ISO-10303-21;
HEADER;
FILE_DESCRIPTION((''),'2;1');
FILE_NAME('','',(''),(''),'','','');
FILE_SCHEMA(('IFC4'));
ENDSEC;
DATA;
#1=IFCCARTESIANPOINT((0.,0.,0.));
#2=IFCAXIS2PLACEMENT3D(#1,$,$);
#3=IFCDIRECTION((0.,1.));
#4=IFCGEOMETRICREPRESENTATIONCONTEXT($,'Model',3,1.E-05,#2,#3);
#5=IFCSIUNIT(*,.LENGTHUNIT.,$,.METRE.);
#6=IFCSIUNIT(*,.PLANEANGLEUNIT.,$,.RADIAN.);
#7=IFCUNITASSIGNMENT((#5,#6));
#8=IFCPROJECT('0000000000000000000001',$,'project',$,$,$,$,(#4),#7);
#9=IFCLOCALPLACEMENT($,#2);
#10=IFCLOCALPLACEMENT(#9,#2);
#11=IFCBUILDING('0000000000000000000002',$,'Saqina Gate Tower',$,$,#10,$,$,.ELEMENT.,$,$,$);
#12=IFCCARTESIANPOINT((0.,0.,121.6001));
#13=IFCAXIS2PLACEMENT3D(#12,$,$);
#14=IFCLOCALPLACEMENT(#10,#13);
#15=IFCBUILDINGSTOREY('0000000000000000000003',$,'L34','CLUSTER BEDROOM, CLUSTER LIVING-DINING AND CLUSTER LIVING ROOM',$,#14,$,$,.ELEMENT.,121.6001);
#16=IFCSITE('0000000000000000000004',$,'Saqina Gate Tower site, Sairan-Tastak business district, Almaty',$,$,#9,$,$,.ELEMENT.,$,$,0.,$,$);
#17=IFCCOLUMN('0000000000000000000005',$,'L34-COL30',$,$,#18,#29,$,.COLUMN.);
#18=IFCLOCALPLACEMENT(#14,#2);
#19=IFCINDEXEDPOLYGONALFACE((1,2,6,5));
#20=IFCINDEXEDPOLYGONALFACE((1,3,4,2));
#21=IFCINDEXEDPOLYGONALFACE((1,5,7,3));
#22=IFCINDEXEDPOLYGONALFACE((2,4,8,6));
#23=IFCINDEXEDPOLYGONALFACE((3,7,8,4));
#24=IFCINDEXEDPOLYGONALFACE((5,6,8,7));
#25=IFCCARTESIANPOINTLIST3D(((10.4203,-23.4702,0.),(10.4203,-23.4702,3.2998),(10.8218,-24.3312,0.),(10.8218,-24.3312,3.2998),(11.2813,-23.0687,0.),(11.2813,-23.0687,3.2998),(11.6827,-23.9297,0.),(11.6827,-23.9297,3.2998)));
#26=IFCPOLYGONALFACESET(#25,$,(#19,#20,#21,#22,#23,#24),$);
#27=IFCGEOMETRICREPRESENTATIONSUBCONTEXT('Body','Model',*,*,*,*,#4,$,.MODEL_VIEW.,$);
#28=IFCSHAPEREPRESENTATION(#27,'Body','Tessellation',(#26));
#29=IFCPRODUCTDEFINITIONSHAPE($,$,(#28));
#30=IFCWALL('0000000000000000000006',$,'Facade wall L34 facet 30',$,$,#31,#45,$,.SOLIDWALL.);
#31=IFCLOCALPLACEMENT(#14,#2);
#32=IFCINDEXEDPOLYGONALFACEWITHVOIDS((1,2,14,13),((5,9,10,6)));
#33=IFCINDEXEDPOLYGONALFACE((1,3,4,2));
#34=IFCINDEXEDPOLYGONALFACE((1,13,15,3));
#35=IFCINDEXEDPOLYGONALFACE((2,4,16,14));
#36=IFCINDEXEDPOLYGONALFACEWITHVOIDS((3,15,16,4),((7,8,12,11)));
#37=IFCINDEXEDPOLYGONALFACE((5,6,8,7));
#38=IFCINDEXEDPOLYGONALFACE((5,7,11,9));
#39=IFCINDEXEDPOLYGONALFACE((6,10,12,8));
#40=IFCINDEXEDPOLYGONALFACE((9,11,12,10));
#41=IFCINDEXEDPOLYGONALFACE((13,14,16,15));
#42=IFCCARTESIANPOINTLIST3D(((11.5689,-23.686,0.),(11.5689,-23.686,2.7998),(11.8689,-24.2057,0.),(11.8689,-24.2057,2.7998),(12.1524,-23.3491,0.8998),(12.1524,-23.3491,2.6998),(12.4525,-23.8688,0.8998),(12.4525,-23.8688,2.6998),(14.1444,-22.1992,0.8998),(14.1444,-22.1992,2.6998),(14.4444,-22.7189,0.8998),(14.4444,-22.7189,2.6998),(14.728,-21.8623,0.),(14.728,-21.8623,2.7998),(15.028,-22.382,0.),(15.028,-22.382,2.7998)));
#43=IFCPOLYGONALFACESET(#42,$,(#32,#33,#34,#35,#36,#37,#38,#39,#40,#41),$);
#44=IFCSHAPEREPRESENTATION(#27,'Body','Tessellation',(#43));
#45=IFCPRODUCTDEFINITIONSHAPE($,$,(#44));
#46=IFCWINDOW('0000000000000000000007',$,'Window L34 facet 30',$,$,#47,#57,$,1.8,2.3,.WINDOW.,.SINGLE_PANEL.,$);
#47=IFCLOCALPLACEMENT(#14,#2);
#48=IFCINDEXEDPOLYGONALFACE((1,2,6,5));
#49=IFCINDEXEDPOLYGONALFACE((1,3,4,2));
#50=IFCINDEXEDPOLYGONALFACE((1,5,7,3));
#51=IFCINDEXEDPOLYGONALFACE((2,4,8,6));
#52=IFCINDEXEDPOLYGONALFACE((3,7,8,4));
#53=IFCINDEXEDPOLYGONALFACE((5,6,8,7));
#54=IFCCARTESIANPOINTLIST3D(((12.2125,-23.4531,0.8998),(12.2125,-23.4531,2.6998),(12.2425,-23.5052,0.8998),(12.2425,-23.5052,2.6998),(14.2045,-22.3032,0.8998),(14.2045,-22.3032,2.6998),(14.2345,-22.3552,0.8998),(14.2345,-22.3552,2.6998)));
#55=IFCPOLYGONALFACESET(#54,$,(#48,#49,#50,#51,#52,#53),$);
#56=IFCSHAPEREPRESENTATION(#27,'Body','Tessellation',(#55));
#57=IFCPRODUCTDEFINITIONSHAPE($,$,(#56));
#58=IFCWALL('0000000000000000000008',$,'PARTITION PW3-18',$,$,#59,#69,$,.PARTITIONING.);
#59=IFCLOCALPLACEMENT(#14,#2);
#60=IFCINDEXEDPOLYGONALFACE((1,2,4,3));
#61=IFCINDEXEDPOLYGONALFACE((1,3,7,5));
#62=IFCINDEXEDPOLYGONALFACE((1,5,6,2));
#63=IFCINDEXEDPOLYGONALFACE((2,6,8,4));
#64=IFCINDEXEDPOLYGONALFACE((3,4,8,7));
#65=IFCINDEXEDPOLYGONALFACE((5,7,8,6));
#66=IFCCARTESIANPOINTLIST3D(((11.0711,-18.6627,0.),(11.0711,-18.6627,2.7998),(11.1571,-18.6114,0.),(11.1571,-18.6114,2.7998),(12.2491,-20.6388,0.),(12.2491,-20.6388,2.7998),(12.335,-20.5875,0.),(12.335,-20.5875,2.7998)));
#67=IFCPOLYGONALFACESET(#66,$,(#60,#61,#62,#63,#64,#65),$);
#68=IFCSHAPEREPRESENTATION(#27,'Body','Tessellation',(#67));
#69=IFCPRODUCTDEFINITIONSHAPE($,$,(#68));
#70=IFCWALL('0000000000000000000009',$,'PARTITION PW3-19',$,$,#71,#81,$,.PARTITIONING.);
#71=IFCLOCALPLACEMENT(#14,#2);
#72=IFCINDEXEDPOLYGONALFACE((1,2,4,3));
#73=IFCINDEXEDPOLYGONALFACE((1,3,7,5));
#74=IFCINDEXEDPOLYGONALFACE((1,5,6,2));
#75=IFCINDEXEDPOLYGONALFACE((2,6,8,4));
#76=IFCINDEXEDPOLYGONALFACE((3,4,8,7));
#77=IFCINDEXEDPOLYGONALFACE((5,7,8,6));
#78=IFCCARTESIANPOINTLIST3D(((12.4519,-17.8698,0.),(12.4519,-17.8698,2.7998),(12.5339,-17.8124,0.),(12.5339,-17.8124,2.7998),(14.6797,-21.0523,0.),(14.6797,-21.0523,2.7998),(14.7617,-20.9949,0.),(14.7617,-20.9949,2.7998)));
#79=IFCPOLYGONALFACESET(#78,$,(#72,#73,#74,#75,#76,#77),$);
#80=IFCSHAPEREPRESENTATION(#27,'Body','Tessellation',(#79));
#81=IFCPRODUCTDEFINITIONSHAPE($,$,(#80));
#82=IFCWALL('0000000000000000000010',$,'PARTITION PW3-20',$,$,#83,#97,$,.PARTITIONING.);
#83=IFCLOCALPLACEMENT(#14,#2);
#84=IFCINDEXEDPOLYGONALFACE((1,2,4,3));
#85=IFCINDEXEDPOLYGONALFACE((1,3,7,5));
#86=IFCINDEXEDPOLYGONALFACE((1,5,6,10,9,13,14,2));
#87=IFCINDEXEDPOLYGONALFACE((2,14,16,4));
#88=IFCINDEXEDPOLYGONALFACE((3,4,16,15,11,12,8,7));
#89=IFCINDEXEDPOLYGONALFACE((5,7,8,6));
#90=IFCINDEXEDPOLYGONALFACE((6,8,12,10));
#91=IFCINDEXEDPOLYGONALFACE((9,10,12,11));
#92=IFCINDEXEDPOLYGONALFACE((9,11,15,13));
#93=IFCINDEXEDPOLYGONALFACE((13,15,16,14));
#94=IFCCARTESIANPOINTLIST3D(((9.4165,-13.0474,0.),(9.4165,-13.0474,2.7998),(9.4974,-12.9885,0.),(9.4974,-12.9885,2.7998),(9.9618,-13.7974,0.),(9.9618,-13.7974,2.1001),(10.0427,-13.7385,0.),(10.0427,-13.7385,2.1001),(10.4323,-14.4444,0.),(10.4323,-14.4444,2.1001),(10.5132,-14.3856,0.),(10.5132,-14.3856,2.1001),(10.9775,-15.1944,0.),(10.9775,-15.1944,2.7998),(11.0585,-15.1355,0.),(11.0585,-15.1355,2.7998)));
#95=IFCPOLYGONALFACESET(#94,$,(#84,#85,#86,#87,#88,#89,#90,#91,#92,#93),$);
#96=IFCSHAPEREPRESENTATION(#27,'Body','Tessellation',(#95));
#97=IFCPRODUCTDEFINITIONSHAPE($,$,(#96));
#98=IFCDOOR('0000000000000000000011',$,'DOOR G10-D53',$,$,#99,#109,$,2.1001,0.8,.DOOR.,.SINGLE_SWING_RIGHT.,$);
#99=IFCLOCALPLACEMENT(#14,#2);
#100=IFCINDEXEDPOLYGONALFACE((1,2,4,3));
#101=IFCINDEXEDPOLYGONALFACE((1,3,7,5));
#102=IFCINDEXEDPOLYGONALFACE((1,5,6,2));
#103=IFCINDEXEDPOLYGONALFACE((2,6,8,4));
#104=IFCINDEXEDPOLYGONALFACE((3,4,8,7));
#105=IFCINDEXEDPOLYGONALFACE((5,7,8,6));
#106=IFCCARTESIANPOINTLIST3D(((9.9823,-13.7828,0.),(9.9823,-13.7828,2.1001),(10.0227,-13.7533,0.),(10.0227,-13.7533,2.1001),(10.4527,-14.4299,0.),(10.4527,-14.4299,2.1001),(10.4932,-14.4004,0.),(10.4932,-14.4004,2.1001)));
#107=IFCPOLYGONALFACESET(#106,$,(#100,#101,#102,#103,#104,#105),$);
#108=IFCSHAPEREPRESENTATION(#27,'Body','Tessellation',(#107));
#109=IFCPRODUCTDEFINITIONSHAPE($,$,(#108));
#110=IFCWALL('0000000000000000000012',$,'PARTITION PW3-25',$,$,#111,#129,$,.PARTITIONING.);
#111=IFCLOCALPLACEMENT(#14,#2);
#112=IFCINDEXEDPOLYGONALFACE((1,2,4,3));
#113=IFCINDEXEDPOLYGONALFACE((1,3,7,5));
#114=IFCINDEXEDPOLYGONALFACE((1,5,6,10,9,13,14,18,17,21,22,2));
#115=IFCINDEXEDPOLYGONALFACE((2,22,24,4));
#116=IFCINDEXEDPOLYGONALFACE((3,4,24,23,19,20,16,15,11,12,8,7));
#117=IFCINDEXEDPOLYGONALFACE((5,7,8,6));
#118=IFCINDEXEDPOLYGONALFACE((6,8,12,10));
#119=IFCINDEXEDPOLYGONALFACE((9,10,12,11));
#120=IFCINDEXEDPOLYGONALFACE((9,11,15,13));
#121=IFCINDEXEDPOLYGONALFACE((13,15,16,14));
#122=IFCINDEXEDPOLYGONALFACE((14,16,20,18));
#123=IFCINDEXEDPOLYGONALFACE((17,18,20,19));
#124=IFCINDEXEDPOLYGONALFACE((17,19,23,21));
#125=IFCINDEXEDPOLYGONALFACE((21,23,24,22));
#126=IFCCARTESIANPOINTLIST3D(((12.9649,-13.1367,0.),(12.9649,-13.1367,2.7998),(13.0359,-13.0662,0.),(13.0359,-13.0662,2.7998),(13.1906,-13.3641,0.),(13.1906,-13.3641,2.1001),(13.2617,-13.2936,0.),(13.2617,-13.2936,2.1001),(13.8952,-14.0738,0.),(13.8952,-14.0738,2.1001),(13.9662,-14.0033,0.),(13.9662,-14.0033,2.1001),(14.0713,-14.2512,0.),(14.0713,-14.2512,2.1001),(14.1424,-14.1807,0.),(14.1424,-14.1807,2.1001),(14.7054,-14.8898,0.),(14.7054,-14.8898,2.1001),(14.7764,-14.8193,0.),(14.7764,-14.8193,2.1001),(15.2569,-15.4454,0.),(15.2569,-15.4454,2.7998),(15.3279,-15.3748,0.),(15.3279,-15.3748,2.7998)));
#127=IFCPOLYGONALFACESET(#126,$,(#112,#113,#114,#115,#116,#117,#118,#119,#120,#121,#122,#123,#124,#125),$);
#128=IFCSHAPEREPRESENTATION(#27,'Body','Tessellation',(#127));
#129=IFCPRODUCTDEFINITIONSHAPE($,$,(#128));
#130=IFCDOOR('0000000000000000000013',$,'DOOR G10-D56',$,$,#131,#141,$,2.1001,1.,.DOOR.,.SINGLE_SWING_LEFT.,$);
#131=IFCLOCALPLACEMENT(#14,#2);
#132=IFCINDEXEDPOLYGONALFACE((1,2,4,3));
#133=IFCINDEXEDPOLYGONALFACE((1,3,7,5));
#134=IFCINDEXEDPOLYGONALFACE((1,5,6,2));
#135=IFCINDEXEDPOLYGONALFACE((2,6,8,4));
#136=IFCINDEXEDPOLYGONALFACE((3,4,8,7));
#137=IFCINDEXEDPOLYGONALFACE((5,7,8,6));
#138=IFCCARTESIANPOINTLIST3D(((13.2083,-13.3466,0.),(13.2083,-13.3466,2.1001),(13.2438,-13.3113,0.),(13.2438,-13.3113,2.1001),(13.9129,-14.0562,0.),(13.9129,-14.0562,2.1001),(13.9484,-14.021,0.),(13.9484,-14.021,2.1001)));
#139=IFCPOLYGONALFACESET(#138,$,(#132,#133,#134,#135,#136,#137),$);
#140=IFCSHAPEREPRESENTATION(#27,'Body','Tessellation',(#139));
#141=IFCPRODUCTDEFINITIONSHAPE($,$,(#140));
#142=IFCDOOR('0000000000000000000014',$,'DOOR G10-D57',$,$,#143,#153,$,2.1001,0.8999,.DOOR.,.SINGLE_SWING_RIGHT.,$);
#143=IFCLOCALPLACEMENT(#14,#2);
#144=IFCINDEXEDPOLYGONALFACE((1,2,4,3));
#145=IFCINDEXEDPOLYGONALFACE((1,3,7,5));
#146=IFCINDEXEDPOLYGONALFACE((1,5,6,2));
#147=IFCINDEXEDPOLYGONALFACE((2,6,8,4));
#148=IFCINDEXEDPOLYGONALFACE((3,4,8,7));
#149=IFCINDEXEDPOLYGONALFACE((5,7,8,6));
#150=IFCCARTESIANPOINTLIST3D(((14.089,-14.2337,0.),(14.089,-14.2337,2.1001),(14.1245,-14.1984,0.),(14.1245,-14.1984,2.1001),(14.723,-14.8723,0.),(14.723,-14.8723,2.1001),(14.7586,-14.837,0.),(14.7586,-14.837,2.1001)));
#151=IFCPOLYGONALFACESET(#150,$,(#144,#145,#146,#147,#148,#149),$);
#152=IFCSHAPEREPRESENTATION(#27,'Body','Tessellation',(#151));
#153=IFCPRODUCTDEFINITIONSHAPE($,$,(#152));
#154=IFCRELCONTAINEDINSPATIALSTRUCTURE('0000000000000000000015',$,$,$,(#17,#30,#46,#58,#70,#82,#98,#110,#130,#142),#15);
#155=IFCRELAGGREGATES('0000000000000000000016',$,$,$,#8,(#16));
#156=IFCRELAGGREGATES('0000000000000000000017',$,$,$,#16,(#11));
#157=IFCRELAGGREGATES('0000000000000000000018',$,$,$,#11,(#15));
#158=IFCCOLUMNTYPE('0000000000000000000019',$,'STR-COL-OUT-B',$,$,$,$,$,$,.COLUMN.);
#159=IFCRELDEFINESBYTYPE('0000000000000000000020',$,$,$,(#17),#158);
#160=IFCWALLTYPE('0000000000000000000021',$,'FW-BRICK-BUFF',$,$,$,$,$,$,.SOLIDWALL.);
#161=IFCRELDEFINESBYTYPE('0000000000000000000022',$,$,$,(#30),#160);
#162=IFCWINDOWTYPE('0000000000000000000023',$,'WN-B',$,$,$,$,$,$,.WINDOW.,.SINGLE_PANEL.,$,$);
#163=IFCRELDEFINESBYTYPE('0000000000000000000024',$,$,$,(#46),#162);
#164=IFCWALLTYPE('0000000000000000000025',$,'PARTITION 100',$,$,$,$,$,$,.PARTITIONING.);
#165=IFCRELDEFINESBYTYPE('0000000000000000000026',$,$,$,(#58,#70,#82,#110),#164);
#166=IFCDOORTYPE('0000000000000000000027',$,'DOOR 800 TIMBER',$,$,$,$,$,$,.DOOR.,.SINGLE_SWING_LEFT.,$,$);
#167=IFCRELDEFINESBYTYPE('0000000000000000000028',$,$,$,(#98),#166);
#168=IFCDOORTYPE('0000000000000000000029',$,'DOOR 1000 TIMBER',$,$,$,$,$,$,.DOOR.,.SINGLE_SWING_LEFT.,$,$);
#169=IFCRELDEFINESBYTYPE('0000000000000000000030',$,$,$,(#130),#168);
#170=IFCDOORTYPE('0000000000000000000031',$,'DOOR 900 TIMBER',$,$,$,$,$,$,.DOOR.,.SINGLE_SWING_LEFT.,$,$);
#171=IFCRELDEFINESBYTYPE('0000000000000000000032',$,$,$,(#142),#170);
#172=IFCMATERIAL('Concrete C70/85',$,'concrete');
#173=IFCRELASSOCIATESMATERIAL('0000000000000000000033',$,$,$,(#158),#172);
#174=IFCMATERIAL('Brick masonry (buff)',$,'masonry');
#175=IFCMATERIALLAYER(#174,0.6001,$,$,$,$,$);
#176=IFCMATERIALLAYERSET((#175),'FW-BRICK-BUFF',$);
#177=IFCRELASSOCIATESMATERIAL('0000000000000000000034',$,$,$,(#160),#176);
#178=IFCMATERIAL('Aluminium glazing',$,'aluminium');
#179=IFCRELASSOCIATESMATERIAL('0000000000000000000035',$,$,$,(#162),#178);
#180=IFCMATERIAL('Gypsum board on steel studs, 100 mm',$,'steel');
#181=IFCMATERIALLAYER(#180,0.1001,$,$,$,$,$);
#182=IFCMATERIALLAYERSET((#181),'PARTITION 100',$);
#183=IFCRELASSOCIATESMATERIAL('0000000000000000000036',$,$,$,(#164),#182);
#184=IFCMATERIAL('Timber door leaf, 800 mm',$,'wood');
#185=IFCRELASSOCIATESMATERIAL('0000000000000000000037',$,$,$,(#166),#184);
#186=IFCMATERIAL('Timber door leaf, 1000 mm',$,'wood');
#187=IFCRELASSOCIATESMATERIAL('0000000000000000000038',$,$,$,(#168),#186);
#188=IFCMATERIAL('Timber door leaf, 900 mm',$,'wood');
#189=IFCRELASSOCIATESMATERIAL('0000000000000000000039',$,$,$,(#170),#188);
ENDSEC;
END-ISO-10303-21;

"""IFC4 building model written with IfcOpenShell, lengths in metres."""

from ifc_helpers import new_model, si_unit, direction, frame, frame_2d, origin, origin_2d, place, context, subcontext, project, spatial, rectangle, extrude, material, layer, layer_set, material_profile, profile_set, type_object, element, fill, save


model = new_model("IFC4")

# Units and contexts
model_context = context("Model", 3, precision=1e-05, world=origin(), true_north=direction((0.0, 1.0)))
body_context = subcontext(model_context, "Body", "Model", "MODEL_VIEW")
ifc_project = project(units=[si_unit("LENGTHUNIT", "METRE"), si_unit("PLANEANGLEUNIT", "RADIAN")], contexts=[model_context])

# Site, building, storey
site_placement = place(None, origin())
site = spatial("IfcSite", under=ifc_project, at=site_placement, Name="Saqina Gate Tower site, Sairan-Tastak business district, Almaty", CompositionType="ELEMENT", RefElevation=0.0)
building_placement = place(site_placement, origin())
building = spatial("IfcBuilding", under=site, at=building_placement, Name="Saqina Gate Tower", CompositionType="ELEMENT")
storey_placement = place(building_placement, frame((0.0, 0.0, 121.6001)))
storey = spatial("IfcBuildingStorey", under=building, at=storey_placement, Name="L34", Description="CLUSTER BEDROOM, CLUSTER LIVING-DINING AND CLUSTER LIVING ROOM", CompositionType="ELEMENT", Elevation=121.6001)

# Column
ifc_material_1 = material(Name="Concrete C70/85", Category="concrete")
ifc_material_profile = material_profile(ifc_material_1, rectangle(XDim=0.95, YDim=0.95, at=origin_2d()), Name="RC 950x950")
ifc_profile_set = profile_set([ifc_material_profile], Name="Concrete C70/85")
column_type = type_object("IfcColumnType", Name="STR-COL-OUT-B", PredefinedType="COLUMN", material=ifc_profile_set)
column_placement = place(storey_placement, frame((11.0515, -23.7, 0.0), z_axis=(0.0, 0.0, 1.0), x_axis=(0.422618, -0.906308, 0.0)))
element("IfcColumn", 1, at=column_placement, inside=storey, type_object=column_type, Name="L34-COL30", PredefinedType="COLUMN", context=body_context, shape_type="SweptSolid", body=[
    extrude(rectangle(XDim=0.95, YDim=0.95, at=origin_2d()), origin(), (0.0, 0.0, 1.0), 3.2998),
])

# Wall, opening, window
ifc_material_2 = material(Name="Brick masonry (buff)", Category="masonry")
ifc_layer_1 = layer(ifc_material_2, 0.6001)
ifc_layer_set_1 = layer_set([ifc_layer_1], Name="FW-BRICK-BUFF")
wall_type_1 = type_object("IfcWallType", Name="FW-BRICK-BUFF", PredefinedType="SOLIDWALL", material=ifc_layer_set_1)
wall_1_placement = place(storey_placement, frame((11.719, -23.9458, 0.0), z_axis=(0.0, 0.0, 1.0), x_axis=(0.866052, 0.499954, 0.0)))
wall_1 = element("IfcWall", 2, at=wall_1_placement, inside=storey, type_object=wall_type_1, Name="Facade wall L34 facet 30", PredefinedType="SOLIDWALL", context=body_context, shape_type="SweptSolid", body=[
    extrude(rectangle(XDim=3.6477, YDim=0.6001, at=frame_2d((1.8237, 0.0))), origin(), (0.0, 0.0, 1.0), 2.7998),
])
opening_1_placement = place(wall_1_placement, frame((0.6738, 0.0, 0.8999)))
opening_1 = element("IfcOpeningElement", 3, at=opening_1_placement, cuts=wall_1, PredefinedType="OPENING", context=body_context, shape_type="SweptSolid", body=[
    extrude(rectangle(XDim=2.3, YDim=1.8, at=frame_2d((1.1499, 0.8999))), frame((0.0, 0.312, 0.0), z_axis=(0.0, -1.0, 0.0), x_axis=(1.0, 0.0, 0.0)), (0.0, 0.0, 1.0), 0.624),
])
ifc_material_3 = material(Name="Aluminium glazing", Category="aluminium")
window_type = type_object("IfcWindowType", Name="WN-B", PartitioningType="SINGLE_PANEL", PredefinedType="WINDOW", material=ifc_material_3)
window_placement = place(opening_1_placement, origin())
window = element("IfcWindow", 4, at=window_placement, inside=storey, type_object=window_type, Name="Window L34 facet 30", OverallHeight=1.8, OverallWidth=2.3, PartitioningType="SINGLE_PANEL", PredefinedType="WINDOW", context=body_context, shape_type="SweptSolid", body=[
    extrude(rectangle(XDim=2.3, YDim=1.8, at=frame_2d((1.1499, 0.8999))), frame((0.0, 0.1799, 0.0), z_axis=(0.0, -1.0, 0.0), x_axis=(1.0, 0.0, 0.0)), (0.0, 0.0, 1.0), 0.0601),
])
fill(opening_1, window)

# Walls
ifc_material_4 = material(Name="Gypsum board on steel studs, 100 mm", Category="steel")
ifc_layer_2 = layer(ifc_material_4, 0.1001)
ifc_layer_set_2 = layer_set([ifc_layer_2], Name="PARTITION 100")
wall_type_2 = type_object("IfcWallType", Name="PARTITION 100", PredefinedType="PARTITIONING", material=ifc_layer_set_2)
wall_2_placement = place(storey_placement, frame((11.114, -18.637, 0.0), z_axis=(0.0, 0.0, 1.0), x_axis=(0.512043, -0.85896, 0.0)))
element("IfcWall", 5, at=wall_2_placement, inside=storey, type_object=wall_type_2, Name="PARTITION PW3-18", PredefinedType="PARTITIONING", context=body_context, shape_type="SweptSolid", body=[
    extrude(rectangle(XDim=2.3005, YDim=0.1001, at=frame_2d((1.1504, 0.0))), origin(), (0.0, 0.0, 1.0), 2.7998),
])
wall_3_placement = place(storey_placement, frame((12.4929, -17.8411, 0.0), z_axis=(0.0, 0.0, 1.0), x_axis=(0.573454, -0.819238, 0.0)))
element("IfcWall", 6, at=wall_3_placement, inside=storey, type_object=wall_type_2, Name="PARTITION PW3-19", PredefinedType="PARTITIONING", context=body_context, shape_type="SweptSolid", body=[
    extrude(rectangle(XDim=3.8848, YDim=0.1001, at=frame_2d((1.9424, 0.0))), origin(), (0.0, 0.0, 1.0), 2.7998),
])

# Wall, opening, door
wall_4_placement = place(storey_placement, frame((9.457, -13.0181, 0.0), z_axis=(0.0, 0.0, 1.0), x_axis=(0.588073, -0.808808, 0.0)))
wall_4 = element("IfcWall", 7, at=wall_4_placement, inside=storey, type_object=wall_type_2, Name="PARTITION PW3-20", PredefinedType="PARTITIONING", context=body_context, shape_type="SweptSolid", body=[
    extrude(rectangle(XDim=2.6545, YDim=0.1001, at=frame_2d((1.3271, 0.0))), origin(), (0.0, 0.0, 1.0), 2.7998),
])
opening_2_placement = place(wall_4_placement, frame((0.9272, 0.0, 0.0)))
opening_2 = element("IfcOpeningElement", 8, at=opening_2_placement, cuts=wall_4, PredefinedType="OPENING", context=body_context, shape_type="SweptSolid", body=[
    extrude(rectangle(XDim=0.8, YDim=2.1001, at=frame_2d((0.3999, 1.05))), frame((0.0, 0.062, 0.0), z_axis=(0.0, -1.0, 0.0), x_axis=(1.0, 0.0, 0.0)), (0.0, 0.0, 1.0), 0.124),
])
ifc_material_5 = material(Name="Timber door leaf, 800 mm", Category="wood")
door_type_1 = type_object("IfcDoorType", Name="DOOR 800 TIMBER", OperationType="SINGLE_SWING_LEFT", PredefinedType="DOOR", material=ifc_material_5)
door_1_placement = place(opening_2_placement, frame((0.8, 0.0, 0.0), z_axis=(0.0, 0.0, 1.0), x_axis=(-1.0, 0.0, 0.0)))
door_1 = element("IfcDoor", 9, at=door_1_placement, inside=storey, type_object=door_type_1, Name="DOOR G10-D53", OperationType="SINGLE_SWING_RIGHT", OverallHeight=2.1001, OverallWidth=0.8, PredefinedType="DOOR", context=body_context, shape_type="SweptSolid", body=[
    extrude(rectangle(XDim=0.8, YDim=2.1001, at=frame_2d((0.3999, 1.05))), frame((0.0, 0.0249, 0.0), z_axis=(0.0, -1.0, 0.0), x_axis=(1.0, 0.0, 0.0)), (0.0, 0.0, 1.0), 0.05),
])
fill(opening_2, door_1)

# Wall, openings, doors
wall_5_placement = place(storey_placement, frame((13.0005, -13.1016, 0.0), z_axis=(0.0, 0.0, 1.0), x_axis=(0.704551, -0.709654, 0.0)))
wall_5 = element("IfcWall", 10, at=wall_5_placement, inside=storey, type_object=wall_type_2, Name="PARTITION PW3-25", PredefinedType="PARTITIONING", context=body_context, shape_type="SweptSolid", body=[
    extrude(rectangle(XDim=3.2532, YDim=0.1001, at=frame_2d((1.6265, 0.0))), origin(), (0.0, 0.0, 1.0), 2.7998),
])
opening_3_placement = place(wall_5_placement, frame((0.3203, 0.0, 0.0)))
opening_3 = element("IfcOpeningElement", 11, at=opening_3_placement, cuts=wall_5, PredefinedType="OPENING", context=body_context, shape_type="SweptSolid", body=[
    extrude(rectangle(XDim=1.0, YDim=2.1001, at=frame_2d((0.5, 1.05))), frame((0.0, 0.062, 0.0), z_axis=(0.0, -1.0, 0.0), x_axis=(1.0, 0.0, 0.0)), (0.0, 0.0, 1.0), 0.124),
])
opening_4_placement = place(wall_5_placement, frame((1.5703, 0.0, 0.0)))
opening_4 = element("IfcOpeningElement", 12, at=opening_4_placement, cuts=wall_5, PredefinedType="OPENING", context=body_context, shape_type="SweptSolid", body=[
    extrude(rectangle(XDim=0.8999, YDim=2.1001, at=frame_2d((0.45, 1.05))), frame((0.0, 0.062, 0.0), z_axis=(0.0, -1.0, 0.0), x_axis=(1.0, 0.0, 0.0)), (0.0, 0.0, 1.0), 0.124),
])
ifc_material_6 = material(Name="Timber door leaf, 1000 mm", Category="wood")
door_type_2 = type_object("IfcDoorType", Name="DOOR 1000 TIMBER", OperationType="SINGLE_SWING_LEFT", PredefinedType="DOOR", material=ifc_material_6)
door_2_placement = place(opening_3_placement, origin())
door_2 = element("IfcDoor", 13, at=door_2_placement, inside=storey, type_object=door_type_2, Name="DOOR G10-D56", OperationType="SINGLE_SWING_LEFT", OverallHeight=2.1001, OverallWidth=1.0, PredefinedType="DOOR", context=body_context, shape_type="SweptSolid", body=[
    extrude(rectangle(XDim=1.0, YDim=2.1001, at=frame_2d((0.5, 1.05))), frame((0.0, 0.0249, 0.0), z_axis=(0.0, -1.0, 0.0), x_axis=(1.0, 0.0, 0.0)), (0.0, 0.0, 1.0), 0.05),
])
fill(opening_3, door_2)
ifc_material_7 = material(Name="Timber door leaf, 900 mm", Category="wood")
door_type_3 = type_object("IfcDoorType", Name="DOOR 900 TIMBER", OperationType="SINGLE_SWING_LEFT", PredefinedType="DOOR", material=ifc_material_7)
door_3_placement = place(opening_4_placement, origin())
door_3 = element("IfcDoor", 14, at=door_3_placement, inside=storey, type_object=door_type_3, Name="DOOR G10-D57", OperationType="SINGLE_SWING_RIGHT", OverallHeight=2.1001, OverallWidth=0.8999, PredefinedType="DOOR", context=body_context, shape_type="SweptSolid", body=[
    extrude(rectangle(XDim=0.8999, YDim=2.1001, at=frame_2d((0.45, 1.05))), frame((0.0, 0.0249, 0.0), z_axis=(0.0, -1.0, 0.0), x_axis=(1.0, 0.0, 0.0)), (0.0, 0.0, 1.0), 0.05),
])
fill(opening_4, door_3)

save(model, "model.ifc")
